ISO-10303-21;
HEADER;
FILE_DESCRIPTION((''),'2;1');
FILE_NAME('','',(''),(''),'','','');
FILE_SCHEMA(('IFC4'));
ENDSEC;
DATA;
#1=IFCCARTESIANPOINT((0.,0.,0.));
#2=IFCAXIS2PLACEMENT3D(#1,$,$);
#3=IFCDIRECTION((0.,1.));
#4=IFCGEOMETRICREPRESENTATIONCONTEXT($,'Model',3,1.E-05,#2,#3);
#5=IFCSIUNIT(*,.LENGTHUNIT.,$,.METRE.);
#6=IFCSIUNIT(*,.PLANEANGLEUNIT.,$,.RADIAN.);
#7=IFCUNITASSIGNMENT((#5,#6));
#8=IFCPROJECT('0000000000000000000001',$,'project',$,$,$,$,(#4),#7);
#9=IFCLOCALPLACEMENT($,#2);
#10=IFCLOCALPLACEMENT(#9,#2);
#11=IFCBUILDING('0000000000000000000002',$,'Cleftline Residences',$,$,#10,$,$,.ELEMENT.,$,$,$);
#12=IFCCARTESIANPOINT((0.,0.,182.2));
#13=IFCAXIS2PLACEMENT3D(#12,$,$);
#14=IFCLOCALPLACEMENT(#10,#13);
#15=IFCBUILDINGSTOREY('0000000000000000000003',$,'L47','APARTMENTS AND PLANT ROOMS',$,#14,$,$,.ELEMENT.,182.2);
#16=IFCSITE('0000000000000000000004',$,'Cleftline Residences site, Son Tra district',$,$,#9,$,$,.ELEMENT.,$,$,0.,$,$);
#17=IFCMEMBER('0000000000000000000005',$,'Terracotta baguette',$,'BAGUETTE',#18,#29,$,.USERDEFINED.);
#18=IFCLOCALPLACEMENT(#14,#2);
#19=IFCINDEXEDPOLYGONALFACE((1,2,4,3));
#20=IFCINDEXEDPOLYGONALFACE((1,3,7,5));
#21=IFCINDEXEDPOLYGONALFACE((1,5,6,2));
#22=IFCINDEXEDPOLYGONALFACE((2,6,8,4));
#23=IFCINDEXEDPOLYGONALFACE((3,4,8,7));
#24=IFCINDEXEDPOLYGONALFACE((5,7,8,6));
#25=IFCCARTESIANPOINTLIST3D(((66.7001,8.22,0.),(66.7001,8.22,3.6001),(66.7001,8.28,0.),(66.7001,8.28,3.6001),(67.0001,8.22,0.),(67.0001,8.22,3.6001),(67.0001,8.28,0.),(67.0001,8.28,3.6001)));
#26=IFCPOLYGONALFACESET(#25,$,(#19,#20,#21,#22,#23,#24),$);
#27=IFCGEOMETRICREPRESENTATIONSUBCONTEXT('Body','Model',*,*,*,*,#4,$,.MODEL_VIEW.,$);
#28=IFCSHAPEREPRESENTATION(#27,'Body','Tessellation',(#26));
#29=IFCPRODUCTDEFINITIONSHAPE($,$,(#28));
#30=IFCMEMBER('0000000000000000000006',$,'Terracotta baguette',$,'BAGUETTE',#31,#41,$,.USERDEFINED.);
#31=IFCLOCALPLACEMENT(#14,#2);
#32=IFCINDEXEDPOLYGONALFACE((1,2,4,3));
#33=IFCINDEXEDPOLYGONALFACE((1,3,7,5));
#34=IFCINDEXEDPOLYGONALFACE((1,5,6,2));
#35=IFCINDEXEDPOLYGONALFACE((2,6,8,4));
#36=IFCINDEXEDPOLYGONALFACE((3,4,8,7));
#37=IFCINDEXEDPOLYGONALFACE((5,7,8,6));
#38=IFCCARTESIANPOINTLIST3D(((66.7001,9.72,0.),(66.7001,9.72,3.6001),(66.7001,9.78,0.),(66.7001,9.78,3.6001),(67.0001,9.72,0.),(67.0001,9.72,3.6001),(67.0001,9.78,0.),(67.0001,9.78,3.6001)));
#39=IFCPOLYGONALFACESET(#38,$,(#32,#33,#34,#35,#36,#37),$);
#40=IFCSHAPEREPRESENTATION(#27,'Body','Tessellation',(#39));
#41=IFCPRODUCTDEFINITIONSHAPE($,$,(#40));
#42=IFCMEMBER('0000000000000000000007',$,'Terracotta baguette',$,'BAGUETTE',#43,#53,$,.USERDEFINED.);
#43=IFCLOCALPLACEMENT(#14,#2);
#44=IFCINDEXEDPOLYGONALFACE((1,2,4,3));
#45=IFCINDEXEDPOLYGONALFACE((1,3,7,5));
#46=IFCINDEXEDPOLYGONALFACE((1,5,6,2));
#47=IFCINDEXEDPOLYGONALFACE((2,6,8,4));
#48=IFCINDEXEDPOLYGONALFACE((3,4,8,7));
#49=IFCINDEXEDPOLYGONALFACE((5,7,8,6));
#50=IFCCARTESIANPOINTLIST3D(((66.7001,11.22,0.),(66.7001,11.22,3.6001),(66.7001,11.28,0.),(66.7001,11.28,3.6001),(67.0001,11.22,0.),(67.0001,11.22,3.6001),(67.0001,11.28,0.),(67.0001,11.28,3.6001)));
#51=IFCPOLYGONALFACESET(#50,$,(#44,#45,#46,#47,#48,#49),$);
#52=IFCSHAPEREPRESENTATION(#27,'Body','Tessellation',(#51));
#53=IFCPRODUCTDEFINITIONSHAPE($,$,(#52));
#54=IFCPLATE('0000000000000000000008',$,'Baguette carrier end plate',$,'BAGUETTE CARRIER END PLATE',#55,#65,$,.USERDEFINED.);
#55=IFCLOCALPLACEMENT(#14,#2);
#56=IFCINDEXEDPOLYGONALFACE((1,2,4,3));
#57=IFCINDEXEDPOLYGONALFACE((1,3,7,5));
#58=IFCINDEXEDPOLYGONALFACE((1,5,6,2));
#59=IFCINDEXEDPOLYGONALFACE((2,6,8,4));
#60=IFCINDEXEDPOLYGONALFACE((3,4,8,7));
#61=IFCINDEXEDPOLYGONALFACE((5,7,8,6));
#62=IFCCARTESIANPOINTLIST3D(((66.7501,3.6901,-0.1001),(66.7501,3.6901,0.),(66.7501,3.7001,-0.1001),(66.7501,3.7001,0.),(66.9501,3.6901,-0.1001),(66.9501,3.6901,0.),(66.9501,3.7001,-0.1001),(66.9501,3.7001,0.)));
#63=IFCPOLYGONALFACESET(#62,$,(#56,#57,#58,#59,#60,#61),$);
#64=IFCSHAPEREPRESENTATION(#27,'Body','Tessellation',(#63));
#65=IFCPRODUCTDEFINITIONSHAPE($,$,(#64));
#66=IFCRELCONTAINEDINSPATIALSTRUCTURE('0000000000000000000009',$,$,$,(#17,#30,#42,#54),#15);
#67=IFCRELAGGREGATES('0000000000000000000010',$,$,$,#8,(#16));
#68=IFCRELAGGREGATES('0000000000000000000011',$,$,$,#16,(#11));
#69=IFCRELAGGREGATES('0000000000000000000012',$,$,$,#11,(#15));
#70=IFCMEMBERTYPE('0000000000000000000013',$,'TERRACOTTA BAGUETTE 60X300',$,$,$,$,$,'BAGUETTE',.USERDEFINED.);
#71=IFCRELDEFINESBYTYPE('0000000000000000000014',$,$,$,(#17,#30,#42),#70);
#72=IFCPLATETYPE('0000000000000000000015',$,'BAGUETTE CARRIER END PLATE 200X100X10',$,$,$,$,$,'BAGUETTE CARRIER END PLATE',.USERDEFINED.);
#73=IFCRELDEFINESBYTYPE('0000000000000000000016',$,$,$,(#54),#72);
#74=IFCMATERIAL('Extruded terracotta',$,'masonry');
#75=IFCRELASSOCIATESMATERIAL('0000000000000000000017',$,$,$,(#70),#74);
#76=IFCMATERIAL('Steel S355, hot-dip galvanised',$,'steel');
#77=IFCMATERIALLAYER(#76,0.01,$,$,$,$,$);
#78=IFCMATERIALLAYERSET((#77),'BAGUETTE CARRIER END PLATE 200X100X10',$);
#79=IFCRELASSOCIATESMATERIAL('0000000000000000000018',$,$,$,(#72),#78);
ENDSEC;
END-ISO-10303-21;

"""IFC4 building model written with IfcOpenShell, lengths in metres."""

from ifc_helpers import new_model, si_unit, direction, frame, origin, origin_2d, place, context, subcontext, project, spatial, rectangle, extrude, material, layer, layer_set, material_profile, profile_set, type_object, element, save


model = new_model("IFC4")

# Units and contexts
model_context = context("Model", 3, precision=1e-05, world=origin(), true_north=direction((0.0, 1.0)))
body_context = subcontext(model_context, "Body", "Model", "MODEL_VIEW")
ifc_project = project(units=[si_unit("LENGTHUNIT", "METRE"), si_unit("PLANEANGLEUNIT", "RADIAN")], contexts=[model_context])

# Site, building, storey
site_placement = place(None, origin())
site = spatial("IfcSite", under=ifc_project, at=site_placement, Name="Cleftline Residences site, Son Tra district", CompositionType="ELEMENT", RefElevation=0.0)
building_placement = place(site_placement, origin())
building = spatial("IfcBuilding", under=site, at=building_placement, Name="Cleftline Residences", CompositionType="ELEMENT")
storey_placement = place(building_placement, frame((0.0, 0.0, 182.2)))
storey = spatial("IfcBuildingStorey", under=building, at=storey_placement, Name="L47", Description="APARTMENTS AND PLANT ROOMS", CompositionType="ELEMENT", Elevation=182.2)

# Members
ifc_material_1 = material(Name="Extruded terracotta", Category="masonry")
ifc_material_profile_1 = material_profile(ifc_material_1, rectangle(XDim=0.0601, YDim=0.3, at=origin_2d()))
ifc_profile_set_1 = profile_set([ifc_material_profile_1], Name="Extruded terracotta")
member_type_1 = type_object("IfcMemberType", Name="TERRACOTTA BAGUETTE 60X300", ElementType="BAGUETTE", PredefinedType="USERDEFINED", material=ifc_profile_set_1)
for number, where, z_axis, x_axis, name in (
    (1, (66.8501, 8.25, 0.0), (0.0, 0.0, 1.0), (0.0, 1.0, 0.0), "Terracotta baguette"),
    (2, (66.8501, 9.75, 0.0), (0.0, 0.0, 1.0), (0.0, 1.0, 0.0), "Terracotta baguette"),
    (3, (66.8501, 11.25, 0.0), (0.0, 0.0, 1.0), (0.0, 1.0, 0.0), "Terracotta baguette"),
):
    element("IfcMember", number, at=place(storey_placement, frame(where, z_axis=z_axis, x_axis=x_axis)), inside=storey, type_object=member_type_1, Name=name, ObjectType="BAGUETTE", PredefinedType="USERDEFINED", context=body_context, shape_type="SweptSolid", body=[
        extrude(rectangle(XDim=0.0601, YDim=0.3, at=origin_2d()), origin(), (0.0, 0.0, 1.0), 3.6001),
    ])

# Plate
ifc_material_2 = material(Name="Steel S355, hot-dip galvanised", Category="steel")
ifc_layer_1 = layer(ifc_material_2, 0.01)
ifc_layer_set_1 = layer_set([ifc_layer_1], Name="BAGUETTE CARRIER END PLATE 200X100X10")
plate_type = type_object("IfcPlateType", Name="BAGUETTE CARRIER END PLATE 200X100X10", ElementType="BAGUETTE CARRIER END PLATE", PredefinedType="USERDEFINED", material=ifc_layer_set_1)
plate_placement = place(storey_placement, frame((66.8501, 3.6951, -0.1001), z_axis=(0.0, 0.0, 1.0), x_axis=(1.0, 0.0, 0.0)))
element("IfcPlate", 4, at=plate_placement, inside=storey, type_object=plate_type, Name="Baguette carrier end plate", ObjectType="BAGUETTE CARRIER END PLATE", PredefinedType="USERDEFINED", context=body_context, shape_type="SweptSolid", body=[
    extrude(rectangle(XDim=0.2, YDim=0.01, at=origin_2d()), origin(), (0.0, 0.0, 1.0), 0.1001),
])

save(model, "model.ifc")
